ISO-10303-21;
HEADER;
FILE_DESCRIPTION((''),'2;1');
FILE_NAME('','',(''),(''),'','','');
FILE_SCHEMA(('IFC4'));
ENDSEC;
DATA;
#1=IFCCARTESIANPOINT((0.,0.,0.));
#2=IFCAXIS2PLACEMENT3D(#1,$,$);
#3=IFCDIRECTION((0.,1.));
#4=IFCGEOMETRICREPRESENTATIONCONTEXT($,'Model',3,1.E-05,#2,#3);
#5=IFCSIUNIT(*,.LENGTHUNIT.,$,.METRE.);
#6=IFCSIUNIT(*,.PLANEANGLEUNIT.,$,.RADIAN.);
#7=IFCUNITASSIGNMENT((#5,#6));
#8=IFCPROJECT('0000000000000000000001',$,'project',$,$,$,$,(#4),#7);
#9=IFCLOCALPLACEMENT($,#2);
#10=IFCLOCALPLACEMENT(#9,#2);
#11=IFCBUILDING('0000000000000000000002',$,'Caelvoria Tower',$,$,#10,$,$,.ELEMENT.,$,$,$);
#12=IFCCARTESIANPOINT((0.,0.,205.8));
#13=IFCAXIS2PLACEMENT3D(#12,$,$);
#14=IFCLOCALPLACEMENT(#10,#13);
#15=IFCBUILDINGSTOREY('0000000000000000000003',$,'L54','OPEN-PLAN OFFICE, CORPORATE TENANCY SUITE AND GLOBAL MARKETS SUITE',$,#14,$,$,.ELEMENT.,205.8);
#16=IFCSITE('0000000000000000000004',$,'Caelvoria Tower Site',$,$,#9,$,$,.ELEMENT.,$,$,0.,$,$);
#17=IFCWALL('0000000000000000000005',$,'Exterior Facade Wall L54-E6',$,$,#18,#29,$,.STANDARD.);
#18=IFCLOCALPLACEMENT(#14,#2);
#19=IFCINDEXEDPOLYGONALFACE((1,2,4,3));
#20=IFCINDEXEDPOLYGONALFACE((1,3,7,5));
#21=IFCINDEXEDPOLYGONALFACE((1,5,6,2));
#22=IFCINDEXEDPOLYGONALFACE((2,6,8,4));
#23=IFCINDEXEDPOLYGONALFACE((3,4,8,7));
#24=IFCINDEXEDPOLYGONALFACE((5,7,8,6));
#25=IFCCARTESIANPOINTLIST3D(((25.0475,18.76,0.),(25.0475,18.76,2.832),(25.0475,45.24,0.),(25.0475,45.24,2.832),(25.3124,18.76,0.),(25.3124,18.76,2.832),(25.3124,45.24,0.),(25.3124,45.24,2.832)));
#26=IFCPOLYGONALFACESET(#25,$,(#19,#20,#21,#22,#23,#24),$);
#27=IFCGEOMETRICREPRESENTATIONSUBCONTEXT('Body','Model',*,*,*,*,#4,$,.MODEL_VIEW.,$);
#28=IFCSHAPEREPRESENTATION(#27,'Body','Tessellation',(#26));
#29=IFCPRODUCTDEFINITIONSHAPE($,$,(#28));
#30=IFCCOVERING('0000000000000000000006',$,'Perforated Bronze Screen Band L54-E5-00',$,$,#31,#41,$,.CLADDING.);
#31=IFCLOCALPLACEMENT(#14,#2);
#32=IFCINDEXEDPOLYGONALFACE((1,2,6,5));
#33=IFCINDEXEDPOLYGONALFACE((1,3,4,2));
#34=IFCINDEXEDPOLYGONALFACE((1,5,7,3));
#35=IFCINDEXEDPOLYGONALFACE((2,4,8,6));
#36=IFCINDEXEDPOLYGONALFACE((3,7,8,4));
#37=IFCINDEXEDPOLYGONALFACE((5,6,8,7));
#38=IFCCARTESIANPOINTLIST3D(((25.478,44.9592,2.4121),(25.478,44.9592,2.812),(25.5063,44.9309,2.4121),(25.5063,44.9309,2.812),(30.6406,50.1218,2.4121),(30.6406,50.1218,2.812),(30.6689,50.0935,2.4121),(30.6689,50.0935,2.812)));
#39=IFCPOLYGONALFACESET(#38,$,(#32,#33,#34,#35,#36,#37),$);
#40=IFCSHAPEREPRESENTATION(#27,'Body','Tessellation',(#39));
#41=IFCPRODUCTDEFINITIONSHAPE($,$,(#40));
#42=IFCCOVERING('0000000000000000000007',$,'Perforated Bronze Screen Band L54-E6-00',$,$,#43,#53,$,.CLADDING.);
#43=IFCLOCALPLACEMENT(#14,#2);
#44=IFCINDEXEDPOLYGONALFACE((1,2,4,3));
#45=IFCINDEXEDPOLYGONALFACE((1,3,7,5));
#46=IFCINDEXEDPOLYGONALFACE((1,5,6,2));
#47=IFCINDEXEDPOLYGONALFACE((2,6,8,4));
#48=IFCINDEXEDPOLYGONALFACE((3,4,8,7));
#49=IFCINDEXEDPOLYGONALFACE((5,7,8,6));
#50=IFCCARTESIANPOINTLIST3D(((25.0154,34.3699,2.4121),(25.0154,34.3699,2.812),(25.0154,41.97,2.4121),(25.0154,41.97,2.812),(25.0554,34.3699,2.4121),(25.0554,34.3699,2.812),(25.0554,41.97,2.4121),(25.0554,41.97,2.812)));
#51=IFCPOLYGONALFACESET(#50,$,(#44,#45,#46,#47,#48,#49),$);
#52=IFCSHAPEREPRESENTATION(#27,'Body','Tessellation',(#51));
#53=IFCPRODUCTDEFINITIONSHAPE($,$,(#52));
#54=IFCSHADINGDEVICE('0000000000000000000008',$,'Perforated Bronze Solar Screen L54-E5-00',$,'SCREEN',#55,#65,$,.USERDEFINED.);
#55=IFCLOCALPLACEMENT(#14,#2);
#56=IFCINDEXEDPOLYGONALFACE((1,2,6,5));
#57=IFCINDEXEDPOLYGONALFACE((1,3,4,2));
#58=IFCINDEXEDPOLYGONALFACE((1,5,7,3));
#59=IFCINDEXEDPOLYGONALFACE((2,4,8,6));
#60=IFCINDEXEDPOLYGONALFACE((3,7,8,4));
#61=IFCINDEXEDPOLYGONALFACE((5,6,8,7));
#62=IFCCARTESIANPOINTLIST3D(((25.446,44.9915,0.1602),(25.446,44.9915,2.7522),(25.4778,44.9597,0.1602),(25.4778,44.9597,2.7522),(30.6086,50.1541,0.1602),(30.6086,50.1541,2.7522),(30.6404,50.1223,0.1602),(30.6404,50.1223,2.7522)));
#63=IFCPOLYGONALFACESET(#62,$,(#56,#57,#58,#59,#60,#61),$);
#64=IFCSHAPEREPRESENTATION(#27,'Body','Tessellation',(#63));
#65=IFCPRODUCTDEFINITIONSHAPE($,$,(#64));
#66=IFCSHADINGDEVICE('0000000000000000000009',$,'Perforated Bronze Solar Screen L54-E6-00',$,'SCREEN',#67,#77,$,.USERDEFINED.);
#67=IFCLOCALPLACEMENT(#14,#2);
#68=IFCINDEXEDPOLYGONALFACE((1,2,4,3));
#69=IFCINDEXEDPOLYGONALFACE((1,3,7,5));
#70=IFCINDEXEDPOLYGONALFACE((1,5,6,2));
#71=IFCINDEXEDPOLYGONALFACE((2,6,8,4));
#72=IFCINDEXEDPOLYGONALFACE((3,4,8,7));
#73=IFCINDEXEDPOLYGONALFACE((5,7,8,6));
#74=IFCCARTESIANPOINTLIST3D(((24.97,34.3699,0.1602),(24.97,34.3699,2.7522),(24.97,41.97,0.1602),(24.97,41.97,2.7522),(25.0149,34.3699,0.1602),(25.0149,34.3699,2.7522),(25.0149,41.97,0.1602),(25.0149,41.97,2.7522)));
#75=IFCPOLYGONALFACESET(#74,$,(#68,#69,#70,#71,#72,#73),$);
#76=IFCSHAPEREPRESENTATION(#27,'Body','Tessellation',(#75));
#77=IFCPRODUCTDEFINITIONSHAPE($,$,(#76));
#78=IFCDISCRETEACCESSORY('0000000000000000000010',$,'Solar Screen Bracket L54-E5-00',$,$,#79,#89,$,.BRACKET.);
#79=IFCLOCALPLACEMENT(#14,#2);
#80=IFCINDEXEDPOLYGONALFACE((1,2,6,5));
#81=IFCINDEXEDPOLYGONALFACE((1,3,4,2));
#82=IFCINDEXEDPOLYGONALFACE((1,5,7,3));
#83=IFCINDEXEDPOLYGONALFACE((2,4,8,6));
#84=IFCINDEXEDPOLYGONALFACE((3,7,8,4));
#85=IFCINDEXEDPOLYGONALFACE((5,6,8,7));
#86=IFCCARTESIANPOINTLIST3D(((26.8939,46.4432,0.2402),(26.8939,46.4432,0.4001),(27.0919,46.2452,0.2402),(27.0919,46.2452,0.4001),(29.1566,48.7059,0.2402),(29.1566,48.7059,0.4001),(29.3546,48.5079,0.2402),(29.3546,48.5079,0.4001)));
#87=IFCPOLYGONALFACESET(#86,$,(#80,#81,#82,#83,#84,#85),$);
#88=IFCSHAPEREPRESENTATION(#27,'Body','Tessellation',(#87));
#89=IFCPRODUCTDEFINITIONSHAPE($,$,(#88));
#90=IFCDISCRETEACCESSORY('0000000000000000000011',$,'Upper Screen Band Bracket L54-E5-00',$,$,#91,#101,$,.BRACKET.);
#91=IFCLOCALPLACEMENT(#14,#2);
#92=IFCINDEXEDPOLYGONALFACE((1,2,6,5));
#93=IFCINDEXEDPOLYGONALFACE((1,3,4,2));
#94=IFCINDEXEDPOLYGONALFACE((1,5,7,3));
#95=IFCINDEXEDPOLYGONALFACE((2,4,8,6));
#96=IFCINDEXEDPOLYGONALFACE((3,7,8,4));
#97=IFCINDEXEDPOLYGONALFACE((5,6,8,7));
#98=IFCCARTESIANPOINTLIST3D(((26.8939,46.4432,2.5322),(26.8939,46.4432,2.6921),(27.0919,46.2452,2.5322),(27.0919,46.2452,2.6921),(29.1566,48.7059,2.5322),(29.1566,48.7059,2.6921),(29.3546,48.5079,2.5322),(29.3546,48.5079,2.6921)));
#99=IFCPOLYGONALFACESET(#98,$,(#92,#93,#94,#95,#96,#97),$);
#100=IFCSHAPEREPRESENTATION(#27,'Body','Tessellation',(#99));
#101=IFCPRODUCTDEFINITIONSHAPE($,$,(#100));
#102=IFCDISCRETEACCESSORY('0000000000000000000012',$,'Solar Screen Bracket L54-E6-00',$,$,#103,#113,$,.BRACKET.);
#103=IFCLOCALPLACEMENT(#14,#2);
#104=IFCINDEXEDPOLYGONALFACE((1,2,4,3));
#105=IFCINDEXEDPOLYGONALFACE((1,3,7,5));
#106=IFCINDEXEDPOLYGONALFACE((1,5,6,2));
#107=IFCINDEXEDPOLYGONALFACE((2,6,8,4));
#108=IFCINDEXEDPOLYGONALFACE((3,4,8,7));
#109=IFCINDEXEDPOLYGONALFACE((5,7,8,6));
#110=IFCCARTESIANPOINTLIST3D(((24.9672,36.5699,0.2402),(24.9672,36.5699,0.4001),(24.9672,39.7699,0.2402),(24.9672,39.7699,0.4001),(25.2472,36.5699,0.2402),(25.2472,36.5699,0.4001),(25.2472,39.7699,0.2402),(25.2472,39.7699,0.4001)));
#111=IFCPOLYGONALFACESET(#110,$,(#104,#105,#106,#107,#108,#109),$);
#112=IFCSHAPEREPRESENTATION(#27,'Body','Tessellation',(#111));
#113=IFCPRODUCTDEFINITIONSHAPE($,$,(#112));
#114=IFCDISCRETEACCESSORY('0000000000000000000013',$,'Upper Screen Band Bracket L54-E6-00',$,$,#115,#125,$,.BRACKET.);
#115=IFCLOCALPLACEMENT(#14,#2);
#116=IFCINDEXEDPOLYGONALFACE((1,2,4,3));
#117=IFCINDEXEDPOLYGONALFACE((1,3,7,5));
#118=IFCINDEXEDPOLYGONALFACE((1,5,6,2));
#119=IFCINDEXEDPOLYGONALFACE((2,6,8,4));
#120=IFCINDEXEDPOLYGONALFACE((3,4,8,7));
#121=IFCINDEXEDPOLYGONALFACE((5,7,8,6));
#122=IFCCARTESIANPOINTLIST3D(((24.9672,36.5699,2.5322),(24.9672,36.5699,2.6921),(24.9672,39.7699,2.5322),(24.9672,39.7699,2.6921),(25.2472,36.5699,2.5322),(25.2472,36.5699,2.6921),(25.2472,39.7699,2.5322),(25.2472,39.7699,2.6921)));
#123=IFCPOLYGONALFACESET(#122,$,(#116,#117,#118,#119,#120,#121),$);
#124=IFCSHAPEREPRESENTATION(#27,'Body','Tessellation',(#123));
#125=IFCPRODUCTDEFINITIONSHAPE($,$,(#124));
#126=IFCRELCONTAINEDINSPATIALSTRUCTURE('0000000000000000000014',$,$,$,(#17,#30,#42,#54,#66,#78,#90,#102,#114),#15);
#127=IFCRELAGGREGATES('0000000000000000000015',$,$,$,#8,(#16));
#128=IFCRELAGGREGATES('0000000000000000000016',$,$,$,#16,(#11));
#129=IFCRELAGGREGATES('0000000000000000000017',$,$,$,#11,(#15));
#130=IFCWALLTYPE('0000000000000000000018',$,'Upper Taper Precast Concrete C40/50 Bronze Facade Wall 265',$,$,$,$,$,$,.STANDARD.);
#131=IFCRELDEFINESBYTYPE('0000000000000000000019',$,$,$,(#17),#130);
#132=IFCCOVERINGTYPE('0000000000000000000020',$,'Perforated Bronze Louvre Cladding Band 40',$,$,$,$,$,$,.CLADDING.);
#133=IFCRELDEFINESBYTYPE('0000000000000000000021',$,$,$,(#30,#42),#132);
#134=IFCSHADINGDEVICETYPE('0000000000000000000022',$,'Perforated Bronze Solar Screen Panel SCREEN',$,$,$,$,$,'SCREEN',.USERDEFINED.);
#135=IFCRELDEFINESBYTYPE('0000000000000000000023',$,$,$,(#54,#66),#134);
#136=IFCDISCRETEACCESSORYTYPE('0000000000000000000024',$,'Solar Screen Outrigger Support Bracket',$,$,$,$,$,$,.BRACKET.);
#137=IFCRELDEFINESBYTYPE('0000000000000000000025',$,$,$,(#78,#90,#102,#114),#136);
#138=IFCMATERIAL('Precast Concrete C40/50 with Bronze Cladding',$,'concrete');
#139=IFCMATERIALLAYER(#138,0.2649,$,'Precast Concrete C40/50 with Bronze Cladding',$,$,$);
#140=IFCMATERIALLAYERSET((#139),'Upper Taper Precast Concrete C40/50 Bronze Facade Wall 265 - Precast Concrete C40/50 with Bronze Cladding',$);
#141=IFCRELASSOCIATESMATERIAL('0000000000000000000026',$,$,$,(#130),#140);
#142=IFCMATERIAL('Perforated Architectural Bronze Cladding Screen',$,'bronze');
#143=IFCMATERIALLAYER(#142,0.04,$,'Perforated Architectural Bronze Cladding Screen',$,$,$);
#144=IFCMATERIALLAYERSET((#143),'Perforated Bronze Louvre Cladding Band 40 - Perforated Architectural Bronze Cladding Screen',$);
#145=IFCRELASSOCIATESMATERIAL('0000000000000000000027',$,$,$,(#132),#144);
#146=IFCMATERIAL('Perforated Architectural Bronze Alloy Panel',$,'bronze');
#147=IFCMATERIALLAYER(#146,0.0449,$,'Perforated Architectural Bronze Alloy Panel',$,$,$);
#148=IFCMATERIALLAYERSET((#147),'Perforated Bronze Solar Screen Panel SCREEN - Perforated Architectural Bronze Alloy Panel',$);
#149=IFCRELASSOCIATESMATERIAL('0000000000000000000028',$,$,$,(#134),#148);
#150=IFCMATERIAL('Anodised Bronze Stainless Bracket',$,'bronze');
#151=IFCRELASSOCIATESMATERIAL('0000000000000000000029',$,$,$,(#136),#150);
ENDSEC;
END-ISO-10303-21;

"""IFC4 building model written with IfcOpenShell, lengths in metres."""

from ifc_helpers import new_model, si_unit, direction, frame, frame_2d, origin, origin_2d, place, context, subcontext, project, spatial, rectangle, extrude, material, layer, layer_set, type_object, element, save


model = new_model("IFC4")

# Units and contexts
model_context = context("Model", 3, precision=1e-05, world=origin(), true_north=direction((0.0, 1.0)))
body_context = subcontext(model_context, "Body", "Model", "MODEL_VIEW")
ifc_project = project(units=[si_unit("LENGTHUNIT", "METRE"), si_unit("PLANEANGLEUNIT", "RADIAN")], contexts=[model_context])

# Site, building, storey
site_placement = place(None, origin())
site = spatial("IfcSite", under=ifc_project, at=site_placement, Name="Caelvoria Tower Site", CompositionType="ELEMENT", RefElevation=0.0)
building_placement = place(site_placement, origin())
building = spatial("IfcBuilding", under=site, at=building_placement, Name="Caelvoria Tower", CompositionType="ELEMENT")
storey_placement = place(building_placement, frame((0.0, 0.0, 205.8)))
storey = spatial("IfcBuildingStorey", under=building, at=storey_placement, Name="L54", Description="OPEN-PLAN OFFICE, CORPORATE TENANCY SUITE AND GLOBAL MARKETS SUITE", CompositionType="ELEMENT", Elevation=205.8)

# Wall
ifc_material_1 = material(Name="Precast Concrete C40/50 with Bronze Cladding", Category="concrete")
ifc_layer_1 = layer(ifc_material_1, 0.2649, Name="Precast Concrete C40/50 with Bronze Cladding")
ifc_layer_set_1 = layer_set([ifc_layer_1], Name="Upper Taper Precast Concrete C40/50 Bronze Facade Wall 265 - Precast Concrete C40/50 with Bronze Cladding")
wall_type = type_object("IfcWallType", Name="Upper Taper Precast Concrete C40/50 Bronze Facade Wall 265", PredefinedType="STANDARD", material=ifc_layer_set_1)
wall_1_placement = place(storey_placement, frame((25.1799, 45.24, 0.0), z_axis=(0.0, 0.0, 1.0), x_axis=(0.0, -1.0, 0.0)))
element("IfcWall", 1, at=wall_1_placement, inside=storey, type_object=wall_type, Name="Exterior Facade Wall L54-E6", PredefinedType="STANDARD", context=body_context, shape_type="SweptSolid", body=[
    extrude(rectangle(XDim=26.48, YDim=0.2649, at=frame_2d((13.24, 0.0))), origin(), (0.0, 0.0, 1.0), 2.832),
])

# Coverings
ifc_material_2 = material(Name="Perforated Architectural Bronze Cladding Screen", Category="bronze")
ifc_layer_2 = layer(ifc_material_2, 0.04, Name="Perforated Architectural Bronze Cladding Screen")
ifc_layer_set_2 = layer_set([ifc_layer_2], Name="Perforated Bronze Louvre Cladding Band 40 - Perforated Architectural Bronze Cladding Screen")
covering_type = type_object("IfcCoveringType", Name="Perforated Bronze Louvre Cladding Band 40", PredefinedType="CLADDING", material=ifc_layer_set_2)
covering_1_placement = place(storey_placement, frame((28.0735, 47.5264, 2.4121), z_axis=(0.0, 0.0, 1.0), x_axis=(-0.707107, -0.707107, 0.0)))
element("IfcCovering", 2, at=covering_1_placement, inside=storey, type_object=covering_type, Name="Perforated Bronze Screen Band L54-E5-00", PredefinedType="CLADDING", context=body_context, shape_type="SweptSolid", body=[
    extrude(rectangle(XDim=7.301, YDim=0.04, at=origin_2d()), origin(), (0.0, 0.0, 1.0), 0.3999),
])
covering_2_placement = place(storey_placement, frame((25.0354, 38.1699, 2.4121), z_axis=(0.0, 0.0, 1.0), x_axis=(0.0, -1.0, 0.0)))
element("IfcCovering", 3, at=covering_2_placement, inside=storey, type_object=covering_type, Name="Perforated Bronze Screen Band L54-E6-00", PredefinedType="CLADDING", context=body_context, shape_type="SweptSolid", body=[
    extrude(rectangle(XDim=7.6001, YDim=0.04, at=origin_2d()), origin(), (0.0, 0.0, 1.0), 0.3999),
])

# Shading devices
ifc_material_3 = material(Name="Perforated Architectural Bronze Alloy Panel", Category="bronze")
ifc_layer_3 = layer(ifc_material_3, 0.0449, Name="Perforated Architectural Bronze Alloy Panel")
ifc_layer_set_3 = layer_set([ifc_layer_3], Name="Perforated Bronze Solar Screen Panel SCREEN - Perforated Architectural Bronze Alloy Panel")
shading_device_type = type_object("IfcShadingDeviceType", Name="Perforated Bronze Solar Screen Panel SCREEN", ElementType="SCREEN", PredefinedType="USERDEFINED", material=ifc_layer_set_3)
shading_device_1_placement = place(storey_placement, frame((28.0432, 47.5569, 0.1602), z_axis=(0.0, 0.0, 1.0), x_axis=(-0.707107, -0.707107, 0.0)))
element("IfcShadingDevice", 4, at=shading_device_1_placement, inside=storey, type_object=shading_device_type, Name="Perforated Bronze Solar Screen L54-E5-00", ObjectType="SCREEN", PredefinedType="USERDEFINED", context=body_context, shape_type="SweptSolid", body=[
    extrude(rectangle(XDim=7.301, YDim=0.0449, at=origin_2d()), origin(), (0.0, 0.0, 1.0), 2.592),
])
shading_device_2_placement = place(storey_placement, frame((24.9924, 38.1699, 0.1602), z_axis=(0.0, 0.0, 1.0), x_axis=(0.0, -1.0, 0.0)))
element("IfcShadingDevice", 5, at=shading_device_2_placement, inside=storey, type_object=shading_device_type, Name="Perforated Bronze Solar Screen L54-E6-00", ObjectType="SCREEN", PredefinedType="USERDEFINED", context=body_context, shape_type="SweptSolid", body=[
    extrude(rectangle(XDim=7.6001, YDim=0.0449, at=origin_2d()), origin(), (0.0, 0.0, 1.0), 2.592),
])

# Discrete accessories
ifc_material_4 = material(Name="Anodised Bronze Stainless Bracket", Category="bronze")
discrete_accessory_type = type_object("IfcDiscreteAccessoryType", Name="Solar Screen Outrigger Support Bracket", PredefinedType="BRACKET", material=ifc_material_4)
for number, where, z_axis, x_axis, name in (
    (6, (28.1243, 47.4756, 0.2402), (0.0, 0.0, 1.0), (-0.707107, -0.707107, 0.0), "Solar Screen Bracket L54-E5-00"),
    (7, (28.1243, 47.4756, 2.5322), (0.0, 0.0, 1.0), (-0.707107, -0.707107, 0.0), "Upper Screen Band Bracket L54-E5-00"),
    (8, (25.1072, 38.1699, 0.2402), (0.0, 0.0, 1.0), (0.0, -1.0, 0.0), "Solar Screen Bracket L54-E6-00"),
    (9, (25.1072, 38.1699, 2.5322), (0.0, 0.0, 1.0), (0.0, -1.0, 0.0), "Upper Screen Band Bracket L54-E6-00"),
):
    element("IfcDiscreteAccessory", number, at=place(storey_placement, frame(where, z_axis=z_axis, x_axis=x_axis)), inside=storey, type_object=discrete_accessory_type, Name=name, PredefinedType="BRACKET", context=body_context, shape_type="SweptSolid", body=[
        extrude(rectangle(XDim=3.2, YDim=0.28, at=origin_2d()), origin(), (0.0, 0.0, 1.0), 0.1599),
    ])

save(model, "model.ifc")
